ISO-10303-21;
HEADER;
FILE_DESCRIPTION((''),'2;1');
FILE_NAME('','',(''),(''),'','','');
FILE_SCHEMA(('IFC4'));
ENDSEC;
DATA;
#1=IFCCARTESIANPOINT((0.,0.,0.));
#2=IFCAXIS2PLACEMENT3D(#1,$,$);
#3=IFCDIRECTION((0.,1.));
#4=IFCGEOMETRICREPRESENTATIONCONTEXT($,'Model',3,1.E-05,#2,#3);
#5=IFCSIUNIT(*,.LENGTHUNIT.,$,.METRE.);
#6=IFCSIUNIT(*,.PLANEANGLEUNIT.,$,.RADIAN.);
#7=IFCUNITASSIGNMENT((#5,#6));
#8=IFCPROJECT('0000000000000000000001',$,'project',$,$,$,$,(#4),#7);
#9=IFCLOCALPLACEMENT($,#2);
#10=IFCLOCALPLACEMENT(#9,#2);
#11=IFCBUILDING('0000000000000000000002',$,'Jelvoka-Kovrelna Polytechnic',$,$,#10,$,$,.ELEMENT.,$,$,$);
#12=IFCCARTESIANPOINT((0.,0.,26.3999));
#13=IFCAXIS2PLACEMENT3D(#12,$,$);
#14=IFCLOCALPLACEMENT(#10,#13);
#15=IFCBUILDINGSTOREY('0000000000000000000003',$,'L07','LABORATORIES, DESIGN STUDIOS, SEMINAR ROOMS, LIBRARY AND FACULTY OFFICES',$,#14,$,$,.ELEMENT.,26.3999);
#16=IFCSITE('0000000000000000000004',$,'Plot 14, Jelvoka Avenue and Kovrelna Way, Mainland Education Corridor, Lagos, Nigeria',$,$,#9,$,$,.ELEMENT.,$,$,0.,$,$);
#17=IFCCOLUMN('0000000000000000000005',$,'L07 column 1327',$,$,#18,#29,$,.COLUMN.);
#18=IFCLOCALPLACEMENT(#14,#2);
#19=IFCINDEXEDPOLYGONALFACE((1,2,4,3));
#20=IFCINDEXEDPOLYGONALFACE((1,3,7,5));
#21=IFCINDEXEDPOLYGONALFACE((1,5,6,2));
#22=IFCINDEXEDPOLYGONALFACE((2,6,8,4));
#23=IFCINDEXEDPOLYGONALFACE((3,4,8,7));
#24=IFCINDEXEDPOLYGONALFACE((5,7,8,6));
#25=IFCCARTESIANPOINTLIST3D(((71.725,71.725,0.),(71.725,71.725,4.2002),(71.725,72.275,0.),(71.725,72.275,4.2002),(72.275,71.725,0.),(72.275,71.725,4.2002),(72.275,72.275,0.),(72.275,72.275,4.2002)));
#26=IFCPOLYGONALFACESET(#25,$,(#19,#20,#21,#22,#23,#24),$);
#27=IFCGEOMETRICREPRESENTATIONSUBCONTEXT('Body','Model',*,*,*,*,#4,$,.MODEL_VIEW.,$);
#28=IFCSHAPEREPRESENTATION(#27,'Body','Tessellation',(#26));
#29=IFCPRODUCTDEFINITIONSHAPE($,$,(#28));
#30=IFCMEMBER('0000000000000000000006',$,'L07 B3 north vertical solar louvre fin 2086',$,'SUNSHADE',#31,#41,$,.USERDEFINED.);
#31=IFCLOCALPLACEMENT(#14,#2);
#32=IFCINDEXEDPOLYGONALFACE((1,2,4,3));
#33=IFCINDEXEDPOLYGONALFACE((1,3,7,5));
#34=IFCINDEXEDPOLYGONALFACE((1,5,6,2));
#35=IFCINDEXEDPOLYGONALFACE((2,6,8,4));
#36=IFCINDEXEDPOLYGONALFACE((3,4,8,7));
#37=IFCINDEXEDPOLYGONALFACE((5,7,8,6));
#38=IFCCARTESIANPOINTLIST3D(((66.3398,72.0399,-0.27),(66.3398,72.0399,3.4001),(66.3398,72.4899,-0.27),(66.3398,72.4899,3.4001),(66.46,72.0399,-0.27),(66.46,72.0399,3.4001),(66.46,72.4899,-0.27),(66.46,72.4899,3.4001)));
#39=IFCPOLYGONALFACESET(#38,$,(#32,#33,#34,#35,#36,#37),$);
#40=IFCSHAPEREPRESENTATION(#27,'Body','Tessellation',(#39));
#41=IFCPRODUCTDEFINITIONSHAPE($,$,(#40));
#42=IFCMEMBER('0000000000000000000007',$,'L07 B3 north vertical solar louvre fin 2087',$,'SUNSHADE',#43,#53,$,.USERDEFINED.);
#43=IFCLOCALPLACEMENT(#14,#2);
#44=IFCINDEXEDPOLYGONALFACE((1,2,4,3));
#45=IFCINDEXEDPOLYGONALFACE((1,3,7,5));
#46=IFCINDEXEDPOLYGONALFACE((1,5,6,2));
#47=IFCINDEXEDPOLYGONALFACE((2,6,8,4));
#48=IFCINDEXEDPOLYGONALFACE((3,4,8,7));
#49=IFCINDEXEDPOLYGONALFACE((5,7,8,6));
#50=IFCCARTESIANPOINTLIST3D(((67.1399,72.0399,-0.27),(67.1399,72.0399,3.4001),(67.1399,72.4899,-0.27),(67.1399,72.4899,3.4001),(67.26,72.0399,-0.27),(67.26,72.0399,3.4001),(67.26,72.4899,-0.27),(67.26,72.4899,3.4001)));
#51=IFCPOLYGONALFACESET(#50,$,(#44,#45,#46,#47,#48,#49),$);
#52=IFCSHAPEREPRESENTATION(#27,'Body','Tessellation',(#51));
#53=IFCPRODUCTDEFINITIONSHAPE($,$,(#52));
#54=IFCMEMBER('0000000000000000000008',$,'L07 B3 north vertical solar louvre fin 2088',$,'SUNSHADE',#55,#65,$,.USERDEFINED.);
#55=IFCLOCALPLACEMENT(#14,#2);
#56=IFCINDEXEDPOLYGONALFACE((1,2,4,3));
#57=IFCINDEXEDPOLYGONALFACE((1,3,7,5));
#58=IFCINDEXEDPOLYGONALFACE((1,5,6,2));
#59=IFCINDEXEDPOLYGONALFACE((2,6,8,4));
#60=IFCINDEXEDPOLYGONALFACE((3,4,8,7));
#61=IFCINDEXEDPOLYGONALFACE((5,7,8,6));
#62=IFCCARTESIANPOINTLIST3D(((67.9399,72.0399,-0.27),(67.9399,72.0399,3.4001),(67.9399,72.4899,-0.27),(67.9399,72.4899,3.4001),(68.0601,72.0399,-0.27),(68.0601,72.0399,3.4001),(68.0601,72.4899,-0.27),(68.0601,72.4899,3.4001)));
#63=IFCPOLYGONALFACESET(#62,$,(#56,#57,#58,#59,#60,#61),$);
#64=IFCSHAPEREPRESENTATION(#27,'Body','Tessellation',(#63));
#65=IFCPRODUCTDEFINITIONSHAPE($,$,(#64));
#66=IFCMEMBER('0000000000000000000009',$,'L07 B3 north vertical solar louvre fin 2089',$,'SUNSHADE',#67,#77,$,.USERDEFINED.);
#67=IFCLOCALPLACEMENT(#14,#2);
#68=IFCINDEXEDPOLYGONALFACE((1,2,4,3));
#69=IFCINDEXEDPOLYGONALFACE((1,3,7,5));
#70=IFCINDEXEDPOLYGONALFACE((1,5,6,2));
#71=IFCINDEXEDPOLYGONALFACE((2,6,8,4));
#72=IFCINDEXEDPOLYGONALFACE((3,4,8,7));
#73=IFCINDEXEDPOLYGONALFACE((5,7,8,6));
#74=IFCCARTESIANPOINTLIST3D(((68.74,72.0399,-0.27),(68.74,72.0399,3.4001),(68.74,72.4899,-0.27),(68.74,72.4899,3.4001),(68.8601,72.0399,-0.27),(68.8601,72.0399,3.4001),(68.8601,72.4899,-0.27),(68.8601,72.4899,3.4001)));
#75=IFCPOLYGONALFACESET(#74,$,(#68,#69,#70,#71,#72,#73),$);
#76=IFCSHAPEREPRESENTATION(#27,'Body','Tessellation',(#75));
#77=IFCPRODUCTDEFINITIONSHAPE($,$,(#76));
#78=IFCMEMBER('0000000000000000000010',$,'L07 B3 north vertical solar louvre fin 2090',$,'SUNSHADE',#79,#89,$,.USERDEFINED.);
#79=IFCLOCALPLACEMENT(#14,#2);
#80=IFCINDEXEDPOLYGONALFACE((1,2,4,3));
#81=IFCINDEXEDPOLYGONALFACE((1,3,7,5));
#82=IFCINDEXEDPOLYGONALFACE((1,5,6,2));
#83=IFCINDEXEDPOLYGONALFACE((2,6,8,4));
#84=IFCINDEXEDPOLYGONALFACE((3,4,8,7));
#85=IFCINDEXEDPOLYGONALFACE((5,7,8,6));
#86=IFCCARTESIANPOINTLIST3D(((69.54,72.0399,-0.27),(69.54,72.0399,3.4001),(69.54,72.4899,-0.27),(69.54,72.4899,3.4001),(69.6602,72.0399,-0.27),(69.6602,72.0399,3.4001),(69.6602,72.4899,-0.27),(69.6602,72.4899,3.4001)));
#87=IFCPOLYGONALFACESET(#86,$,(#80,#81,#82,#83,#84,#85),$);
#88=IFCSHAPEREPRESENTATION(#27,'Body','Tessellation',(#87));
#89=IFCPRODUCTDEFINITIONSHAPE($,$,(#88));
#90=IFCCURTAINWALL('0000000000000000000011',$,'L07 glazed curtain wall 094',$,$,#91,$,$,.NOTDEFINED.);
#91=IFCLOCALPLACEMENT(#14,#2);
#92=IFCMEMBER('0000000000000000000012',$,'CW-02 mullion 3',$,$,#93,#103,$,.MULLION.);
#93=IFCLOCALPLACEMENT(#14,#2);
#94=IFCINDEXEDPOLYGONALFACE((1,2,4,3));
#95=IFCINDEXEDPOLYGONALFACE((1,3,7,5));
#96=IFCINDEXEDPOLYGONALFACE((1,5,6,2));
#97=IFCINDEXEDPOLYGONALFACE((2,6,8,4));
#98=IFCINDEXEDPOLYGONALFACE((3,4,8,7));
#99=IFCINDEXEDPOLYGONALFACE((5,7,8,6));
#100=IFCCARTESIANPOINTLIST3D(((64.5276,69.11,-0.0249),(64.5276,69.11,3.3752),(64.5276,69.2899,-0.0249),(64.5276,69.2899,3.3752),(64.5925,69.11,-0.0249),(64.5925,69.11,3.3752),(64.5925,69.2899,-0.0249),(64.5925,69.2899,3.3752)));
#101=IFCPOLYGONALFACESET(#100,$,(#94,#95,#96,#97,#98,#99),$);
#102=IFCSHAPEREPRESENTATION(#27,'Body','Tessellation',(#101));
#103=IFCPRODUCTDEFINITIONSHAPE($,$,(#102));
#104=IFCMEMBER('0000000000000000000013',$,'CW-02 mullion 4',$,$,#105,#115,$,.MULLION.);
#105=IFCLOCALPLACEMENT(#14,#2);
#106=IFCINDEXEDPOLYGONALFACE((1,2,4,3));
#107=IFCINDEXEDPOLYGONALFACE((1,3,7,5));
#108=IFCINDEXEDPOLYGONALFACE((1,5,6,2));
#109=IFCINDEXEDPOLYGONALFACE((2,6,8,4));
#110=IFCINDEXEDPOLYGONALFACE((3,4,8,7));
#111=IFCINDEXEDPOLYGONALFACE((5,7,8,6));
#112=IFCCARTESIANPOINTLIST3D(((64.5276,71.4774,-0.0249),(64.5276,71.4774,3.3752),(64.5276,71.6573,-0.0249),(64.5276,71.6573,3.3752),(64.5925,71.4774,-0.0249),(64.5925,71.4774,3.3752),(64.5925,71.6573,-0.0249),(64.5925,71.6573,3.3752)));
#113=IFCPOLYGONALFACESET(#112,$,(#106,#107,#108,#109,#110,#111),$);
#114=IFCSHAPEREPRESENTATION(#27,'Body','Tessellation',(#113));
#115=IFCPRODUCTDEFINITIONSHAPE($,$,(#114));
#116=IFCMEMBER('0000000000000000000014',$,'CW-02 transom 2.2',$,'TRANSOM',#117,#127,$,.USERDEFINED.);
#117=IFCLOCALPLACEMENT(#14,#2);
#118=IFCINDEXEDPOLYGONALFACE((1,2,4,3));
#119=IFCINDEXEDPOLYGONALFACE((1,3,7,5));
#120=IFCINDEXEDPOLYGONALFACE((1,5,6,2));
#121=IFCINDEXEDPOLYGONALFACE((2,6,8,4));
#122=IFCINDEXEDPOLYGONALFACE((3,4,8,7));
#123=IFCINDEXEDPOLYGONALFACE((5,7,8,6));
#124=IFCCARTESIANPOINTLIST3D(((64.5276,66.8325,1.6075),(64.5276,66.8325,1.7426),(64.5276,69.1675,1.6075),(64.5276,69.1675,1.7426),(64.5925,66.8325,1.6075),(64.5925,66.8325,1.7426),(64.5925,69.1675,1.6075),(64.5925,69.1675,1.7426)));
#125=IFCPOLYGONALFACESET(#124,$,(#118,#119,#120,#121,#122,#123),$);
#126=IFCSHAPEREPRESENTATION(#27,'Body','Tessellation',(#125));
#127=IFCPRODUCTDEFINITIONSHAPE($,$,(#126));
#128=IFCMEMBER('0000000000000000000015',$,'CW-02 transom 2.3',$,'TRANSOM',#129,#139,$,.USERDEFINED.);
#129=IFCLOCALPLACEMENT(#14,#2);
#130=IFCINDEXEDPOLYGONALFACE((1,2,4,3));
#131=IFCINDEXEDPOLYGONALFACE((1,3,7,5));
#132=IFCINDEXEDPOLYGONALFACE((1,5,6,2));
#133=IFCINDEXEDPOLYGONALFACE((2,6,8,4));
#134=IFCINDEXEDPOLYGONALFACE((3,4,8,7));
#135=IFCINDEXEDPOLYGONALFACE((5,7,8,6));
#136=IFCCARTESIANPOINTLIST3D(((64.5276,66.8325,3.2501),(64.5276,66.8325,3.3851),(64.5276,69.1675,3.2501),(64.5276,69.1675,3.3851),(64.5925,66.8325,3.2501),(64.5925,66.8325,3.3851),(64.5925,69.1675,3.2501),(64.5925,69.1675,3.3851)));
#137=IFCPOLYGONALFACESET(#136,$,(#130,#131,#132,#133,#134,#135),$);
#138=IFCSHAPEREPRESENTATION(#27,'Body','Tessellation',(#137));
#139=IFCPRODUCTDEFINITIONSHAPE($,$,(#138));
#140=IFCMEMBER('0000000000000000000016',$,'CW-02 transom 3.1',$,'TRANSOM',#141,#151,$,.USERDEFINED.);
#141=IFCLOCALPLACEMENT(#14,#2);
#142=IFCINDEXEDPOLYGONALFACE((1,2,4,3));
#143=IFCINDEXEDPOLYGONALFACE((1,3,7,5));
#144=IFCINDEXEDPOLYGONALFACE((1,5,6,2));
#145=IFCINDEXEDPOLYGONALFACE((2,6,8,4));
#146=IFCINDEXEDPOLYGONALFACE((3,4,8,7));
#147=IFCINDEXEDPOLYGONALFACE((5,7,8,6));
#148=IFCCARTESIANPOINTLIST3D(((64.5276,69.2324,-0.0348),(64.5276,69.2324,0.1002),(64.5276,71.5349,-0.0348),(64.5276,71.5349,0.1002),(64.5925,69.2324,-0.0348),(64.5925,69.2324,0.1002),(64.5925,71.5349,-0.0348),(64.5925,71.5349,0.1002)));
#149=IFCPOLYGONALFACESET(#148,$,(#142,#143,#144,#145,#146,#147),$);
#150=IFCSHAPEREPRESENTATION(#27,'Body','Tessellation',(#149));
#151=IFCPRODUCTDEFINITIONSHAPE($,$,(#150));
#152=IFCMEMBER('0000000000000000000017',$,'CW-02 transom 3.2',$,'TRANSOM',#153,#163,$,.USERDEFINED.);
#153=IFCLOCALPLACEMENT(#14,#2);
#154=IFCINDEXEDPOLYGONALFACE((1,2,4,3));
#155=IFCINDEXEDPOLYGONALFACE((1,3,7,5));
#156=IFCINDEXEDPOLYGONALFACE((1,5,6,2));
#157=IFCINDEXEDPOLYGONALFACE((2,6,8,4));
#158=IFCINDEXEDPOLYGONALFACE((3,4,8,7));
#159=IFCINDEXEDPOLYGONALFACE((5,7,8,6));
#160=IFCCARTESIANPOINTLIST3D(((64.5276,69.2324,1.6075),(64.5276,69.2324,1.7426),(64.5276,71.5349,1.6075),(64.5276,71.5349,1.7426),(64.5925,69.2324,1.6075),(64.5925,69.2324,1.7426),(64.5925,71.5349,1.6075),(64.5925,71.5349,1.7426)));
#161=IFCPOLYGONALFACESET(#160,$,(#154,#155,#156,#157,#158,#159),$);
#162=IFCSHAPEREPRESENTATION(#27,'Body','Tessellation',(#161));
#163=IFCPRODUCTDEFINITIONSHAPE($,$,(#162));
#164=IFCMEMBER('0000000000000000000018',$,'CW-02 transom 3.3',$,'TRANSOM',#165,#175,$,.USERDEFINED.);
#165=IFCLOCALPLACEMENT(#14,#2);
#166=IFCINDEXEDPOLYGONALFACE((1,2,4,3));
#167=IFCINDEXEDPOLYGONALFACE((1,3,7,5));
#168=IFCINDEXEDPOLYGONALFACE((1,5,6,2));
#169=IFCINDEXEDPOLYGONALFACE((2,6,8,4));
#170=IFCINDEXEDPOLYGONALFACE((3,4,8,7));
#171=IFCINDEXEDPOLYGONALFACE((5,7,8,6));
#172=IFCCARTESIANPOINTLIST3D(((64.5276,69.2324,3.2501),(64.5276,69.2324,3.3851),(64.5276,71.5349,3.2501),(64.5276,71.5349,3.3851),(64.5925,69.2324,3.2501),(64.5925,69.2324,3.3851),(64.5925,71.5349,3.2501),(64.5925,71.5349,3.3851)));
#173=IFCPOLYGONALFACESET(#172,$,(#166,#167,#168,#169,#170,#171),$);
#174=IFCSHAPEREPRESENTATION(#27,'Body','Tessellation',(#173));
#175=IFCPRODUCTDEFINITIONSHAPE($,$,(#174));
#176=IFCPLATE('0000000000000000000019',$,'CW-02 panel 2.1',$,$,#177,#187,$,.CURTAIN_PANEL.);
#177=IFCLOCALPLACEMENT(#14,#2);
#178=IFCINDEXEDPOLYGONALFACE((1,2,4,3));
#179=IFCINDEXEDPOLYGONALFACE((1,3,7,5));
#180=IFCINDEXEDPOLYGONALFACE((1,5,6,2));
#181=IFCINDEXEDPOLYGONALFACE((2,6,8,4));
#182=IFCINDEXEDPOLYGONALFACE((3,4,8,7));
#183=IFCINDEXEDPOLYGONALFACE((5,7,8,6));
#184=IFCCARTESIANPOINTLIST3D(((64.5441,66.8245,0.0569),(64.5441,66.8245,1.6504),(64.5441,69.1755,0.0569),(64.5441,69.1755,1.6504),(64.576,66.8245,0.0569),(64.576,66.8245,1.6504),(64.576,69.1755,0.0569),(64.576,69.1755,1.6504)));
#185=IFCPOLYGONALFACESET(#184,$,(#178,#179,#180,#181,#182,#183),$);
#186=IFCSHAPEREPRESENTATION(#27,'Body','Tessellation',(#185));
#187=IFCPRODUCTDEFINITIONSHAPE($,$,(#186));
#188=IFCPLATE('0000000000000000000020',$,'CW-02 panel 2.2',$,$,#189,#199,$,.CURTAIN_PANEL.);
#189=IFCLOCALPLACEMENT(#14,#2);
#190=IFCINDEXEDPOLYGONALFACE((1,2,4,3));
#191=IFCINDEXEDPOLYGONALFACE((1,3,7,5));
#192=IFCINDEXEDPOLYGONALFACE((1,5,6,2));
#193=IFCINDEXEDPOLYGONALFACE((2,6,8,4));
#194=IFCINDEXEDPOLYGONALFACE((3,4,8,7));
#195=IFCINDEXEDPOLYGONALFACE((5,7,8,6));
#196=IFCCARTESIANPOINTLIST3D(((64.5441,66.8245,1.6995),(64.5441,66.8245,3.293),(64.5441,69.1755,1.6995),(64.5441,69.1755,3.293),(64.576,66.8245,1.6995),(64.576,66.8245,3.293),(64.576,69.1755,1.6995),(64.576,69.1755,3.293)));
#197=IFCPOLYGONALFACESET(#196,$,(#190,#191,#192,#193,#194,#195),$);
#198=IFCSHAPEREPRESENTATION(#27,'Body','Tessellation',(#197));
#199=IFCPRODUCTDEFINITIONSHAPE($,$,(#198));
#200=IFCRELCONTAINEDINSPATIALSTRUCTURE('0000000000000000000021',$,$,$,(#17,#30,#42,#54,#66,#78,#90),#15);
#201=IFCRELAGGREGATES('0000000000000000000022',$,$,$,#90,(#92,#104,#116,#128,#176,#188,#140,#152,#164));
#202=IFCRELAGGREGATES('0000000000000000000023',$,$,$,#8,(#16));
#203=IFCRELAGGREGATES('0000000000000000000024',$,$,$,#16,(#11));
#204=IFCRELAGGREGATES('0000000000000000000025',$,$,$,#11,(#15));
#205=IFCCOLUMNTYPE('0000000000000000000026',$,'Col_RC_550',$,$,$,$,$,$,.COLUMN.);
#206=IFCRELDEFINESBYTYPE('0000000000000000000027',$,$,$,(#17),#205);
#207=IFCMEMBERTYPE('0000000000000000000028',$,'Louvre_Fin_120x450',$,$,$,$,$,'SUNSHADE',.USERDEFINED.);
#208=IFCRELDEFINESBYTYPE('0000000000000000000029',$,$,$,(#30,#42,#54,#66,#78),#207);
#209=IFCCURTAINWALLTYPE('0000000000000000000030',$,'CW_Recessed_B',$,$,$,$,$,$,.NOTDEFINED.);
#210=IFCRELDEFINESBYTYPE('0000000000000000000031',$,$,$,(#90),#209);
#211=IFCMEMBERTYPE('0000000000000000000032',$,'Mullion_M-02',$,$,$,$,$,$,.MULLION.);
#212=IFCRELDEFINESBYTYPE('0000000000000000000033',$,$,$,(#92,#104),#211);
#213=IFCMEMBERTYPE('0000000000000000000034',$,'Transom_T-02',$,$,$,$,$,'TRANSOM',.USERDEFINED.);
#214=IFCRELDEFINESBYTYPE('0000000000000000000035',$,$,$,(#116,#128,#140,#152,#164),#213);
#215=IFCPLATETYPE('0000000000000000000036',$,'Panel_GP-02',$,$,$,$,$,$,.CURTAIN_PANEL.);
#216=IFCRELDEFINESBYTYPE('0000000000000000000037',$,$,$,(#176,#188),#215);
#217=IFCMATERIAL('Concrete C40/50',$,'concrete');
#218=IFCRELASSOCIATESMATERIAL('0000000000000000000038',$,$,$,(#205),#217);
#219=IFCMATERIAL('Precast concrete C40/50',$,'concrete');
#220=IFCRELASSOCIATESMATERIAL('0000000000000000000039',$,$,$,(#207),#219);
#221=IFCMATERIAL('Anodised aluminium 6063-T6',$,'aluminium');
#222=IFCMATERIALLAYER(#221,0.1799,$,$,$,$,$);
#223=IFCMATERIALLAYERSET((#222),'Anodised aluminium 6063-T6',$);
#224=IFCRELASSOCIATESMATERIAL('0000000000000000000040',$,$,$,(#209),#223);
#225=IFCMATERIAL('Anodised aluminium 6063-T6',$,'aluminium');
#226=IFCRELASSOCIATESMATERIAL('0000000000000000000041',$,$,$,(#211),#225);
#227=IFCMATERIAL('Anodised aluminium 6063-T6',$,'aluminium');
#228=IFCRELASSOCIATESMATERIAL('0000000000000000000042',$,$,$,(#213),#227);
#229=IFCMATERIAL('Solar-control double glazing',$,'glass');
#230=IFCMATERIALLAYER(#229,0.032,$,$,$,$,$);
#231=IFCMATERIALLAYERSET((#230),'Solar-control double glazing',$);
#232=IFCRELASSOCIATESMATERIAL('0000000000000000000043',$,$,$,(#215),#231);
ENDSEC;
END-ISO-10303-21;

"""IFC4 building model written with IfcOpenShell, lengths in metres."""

from ifc_helpers import new_model, si_unit, direction, frame, origin, origin_2d, place, context, subcontext, project, spatial, rectangle, extrude, material, layer, layer_set, material_profile, profile_set, type_object, element, aggregate, save


model = new_model("IFC4")

# Units and contexts
model_context = context("Model", 3, precision=1e-05, world=origin(), true_north=direction((0.0, 1.0)))
body_context = subcontext(model_context, "Body", "Model", "MODEL_VIEW")
ifc_project = project(units=[si_unit("LENGTHUNIT", "METRE"), si_unit("PLANEANGLEUNIT", "RADIAN")], contexts=[model_context])

# Site, building, storey
site_placement = place(None, origin())
site = spatial("IfcSite", under=ifc_project, at=site_placement, Name="Plot 14, Jelvoka Avenue and Kovrelna Way, Mainland Education Corridor, Lagos, Nigeria", CompositionType="ELEMENT", RefElevation=0.0)
building_placement = place(site_placement, origin())
building = spatial("IfcBuilding", under=site, at=building_placement, Name="Jelvoka-Kovrelna Polytechnic", CompositionType="ELEMENT")
storey_placement = place(building_placement, frame((0.0, 0.0, 26.3999)))
storey = spatial("IfcBuildingStorey", under=building, at=storey_placement, Name="L07", Description="LABORATORIES, DESIGN STUDIOS, SEMINAR ROOMS, LIBRARY AND FACULTY OFFICES", CompositionType="ELEMENT", Elevation=26.3999)

# Column
ifc_material_1 = material(Name="Concrete C40/50", Category="concrete")
ifc_material_profile_1 = material_profile(ifc_material_1, rectangle(XDim=0.55, YDim=0.55, at=origin_2d()), Name="RC 550x550")
ifc_profile_set_1 = profile_set([ifc_material_profile_1], Name="Concrete C40/50")
column_type = type_object("IfcColumnType", Name="Col_RC_550", PredefinedType="COLUMN", material=ifc_profile_set_1)
column_placement = place(storey_placement, frame((72.0, 72.0, 0.0), z_axis=(0.0, 0.0, 1.0), x_axis=(1.0, 0.0, 0.0)))
element("IfcColumn", 1, at=column_placement, inside=storey, type_object=column_type, Name="L07 column 1327", PredefinedType="COLUMN", context=body_context, shape_type="SweptSolid", body=[
    extrude(rectangle(XDim=0.55, YDim=0.55, at=origin_2d()), origin(), (0.0, 0.0, 1.0), 4.2002),
])

# Members
ifc_material_2 = material(Name="Precast concrete C40/50", Category="concrete")
ifc_material_profile_2 = material_profile(ifc_material_2, rectangle(XDim=0.1201, YDim=0.45, at=origin_2d()), Name="PC 120x450")
ifc_profile_set_2 = profile_set([ifc_material_profile_2], Name="Precast concrete C40/50")
member_type_1 = type_object("IfcMemberType", Name="Louvre_Fin_120x450", ElementType="SUNSHADE", PredefinedType="USERDEFINED", material=ifc_profile_set_2)
for number, where, z_axis, x_axis, name in (
    (2, (66.3999, 72.2649, -0.27), (0.0, 0.0, 1.0), (1.0, 0.0, 0.0), "L07 B3 north vertical solar louvre fin 2086"),
    (3, (67.2, 72.2649, -0.27), (0.0, 0.0, 1.0), (1.0, 0.0, 0.0), "L07 B3 north vertical solar louvre fin 2087"),
    (4, (68.0, 72.2649, -0.27), (0.0, 0.0, 1.0), (1.0, 0.0, 0.0), "L07 B3 north vertical solar louvre fin 2088"),
    (5, (68.8, 72.2649, -0.27), (0.0, 0.0, 1.0), (1.0, 0.0, 0.0), "L07 B3 north vertical solar louvre fin 2089"),
    (6, (69.6001, 72.2649, -0.27), (0.0, 0.0, 1.0), (1.0, 0.0, 0.0), "L07 B3 north vertical solar louvre fin 2090"),
):
    element("IfcMember", number, at=place(storey_placement, frame(where, z_axis=z_axis, x_axis=x_axis)), inside=storey, type_object=member_type_1, Name=name, ObjectType="SUNSHADE", PredefinedType="USERDEFINED", context=body_context, shape_type="SweptSolid", body=[
        extrude(rectangle(XDim=0.1201, YDim=0.45, at=origin_2d()), origin(), (0.0, 0.0, 1.0), 3.6702),
    ])

# Curtain wall, members, plates
ifc_material_3 = material(Name="Anodised aluminium 6063-T6", Category="aluminium")
ifc_layer_1 = layer(ifc_material_3, 0.1799)
ifc_layer_set_1 = layer_set([ifc_layer_1], Name="Anodised aluminium 6063-T6")
curtain_wall_type = type_object("IfcCurtainWallType", Name="CW_Recessed_B", PredefinedType="NOTDEFINED", material=ifc_layer_set_1)
curtain_wall_placement = place(storey_placement, origin())
curtain_wall = element("IfcCurtainWall", 7, at=curtain_wall_placement, inside=storey, type_object=curtain_wall_type, Name="L07 glazed curtain wall 094", PredefinedType="NOTDEFINED")
ifc_material_4 = material(Name="Anodised aluminium 6063-T6", Category="aluminium")
ifc_material_profile_3 = material_profile(ifc_material_4, rectangle(XDim=0.0649, YDim=0.1799, at=origin_2d()), Name="ALU 65x180")
ifc_profile_set_3 = profile_set([ifc_material_profile_3], Name="Anodised aluminium 6063-T6")
member_type_2 = type_object("IfcMemberType", Name="Mullion_M-02", PredefinedType="MULLION", material=ifc_profile_set_3)
member_1_placement = place(storey_placement, frame((64.5601, 69.2, -0.0249), z_axis=(0.0, 0.0, 1.0), x_axis=(-1.0, 0.0, 0.0)))
member_1 = element("IfcMember", 8, at=member_1_placement, type_object=member_type_2, Name="CW-02 mullion 3", PredefinedType="MULLION", context=body_context, shape_type="SweptSolid", body=[
    extrude(rectangle(XDim=0.0649, YDim=0.1799, at=origin_2d()), origin(), (0.0, 0.0, 1.0), 3.4001),
])
member_2_placement = place(storey_placement, frame((64.5601, 71.5674, -0.0249), z_axis=(0.0, 0.0, 1.0), x_axis=(-1.0, 0.0, 0.0)))
member_2 = element("IfcMember", 9, at=member_2_placement, type_object=member_type_2, Name="CW-02 mullion 4", PredefinedType="MULLION", context=body_context, shape_type="SweptSolid", body=[
    extrude(rectangle(XDim=0.0649, YDim=0.1799, at=origin_2d()), origin(), (0.0, 0.0, 1.0), 3.4001),
])
ifc_material_5 = material(Name="Anodised aluminium 6063-T6", Category="aluminium")
ifc_material_profile_4 = material_profile(ifc_material_5, rectangle(XDim=0.0649, YDim=0.135, at=origin_2d()), Name="ALU 65x135")
ifc_profile_set_4 = profile_set([ifc_material_profile_4], Name="Anodised aluminium 6063-T6")
member_type_3 = type_object("IfcMemberType", Name="Transom_T-02", ElementType="TRANSOM", PredefinedType="USERDEFINED", material=ifc_profile_set_4)
member_3_placement = place(storey_placement, frame((64.5601, 66.8325, 1.675), z_axis=(0.0, 1.0, 0.0), x_axis=(-1.0, 0.0, 0.0)))
member_3 = element("IfcMember", 10, at=member_3_placement, type_object=member_type_3, Name="CW-02 transom 2.2", ObjectType="TRANSOM", PredefinedType="USERDEFINED", context=body_context, shape_type="SweptSolid", body=[
    extrude(rectangle(XDim=0.0649, YDim=0.135, at=origin_2d()), origin(), (0.0, 0.0, 1.0), 2.335),
])
member_4_placement = place(storey_placement, frame((64.5601, 66.8325, 3.3176), z_axis=(0.0, 1.0, 0.0), x_axis=(-1.0, 0.0, 0.0)))
member_4 = element("IfcMember", 11, at=member_4_placement, type_object=member_type_3, Name="CW-02 transom 2.3", ObjectType="TRANSOM", PredefinedType="USERDEFINED", context=body_context, shape_type="SweptSolid", body=[
    extrude(rectangle(XDim=0.0649, YDim=0.135, at=origin_2d()), origin(), (0.0, 0.0, 1.0), 2.335),
])
member_5_placement = place(storey_placement, frame((64.5601, 69.2324, 0.0327), z_axis=(0.0, 1.0, 0.0), x_axis=(-1.0, 0.0, 0.0)))
member_5 = element("IfcMember", 12, at=member_5_placement, type_object=member_type_3, Name="CW-02 transom 3.1", ObjectType="TRANSOM", PredefinedType="USERDEFINED", context=body_context, shape_type="SweptSolid", body=[
    extrude(rectangle(XDim=0.0649, YDim=0.135, at=origin_2d()), origin(), (0.0, 0.0, 1.0), 2.3025),
])
member_6_placement = place(storey_placement, frame((64.5601, 69.2324, 1.675), z_axis=(0.0, 1.0, 0.0), x_axis=(-1.0, 0.0, 0.0)))
member_6 = element("IfcMember", 13, at=member_6_placement, type_object=member_type_3, Name="CW-02 transom 3.2", ObjectType="TRANSOM", PredefinedType="USERDEFINED", context=body_context, shape_type="SweptSolid", body=[
    extrude(rectangle(XDim=0.0649, YDim=0.135, at=origin_2d()), origin(), (0.0, 0.0, 1.0), 2.3025),
])
member_7_placement = place(storey_placement, frame((64.5601, 69.2324, 3.3176), z_axis=(0.0, 1.0, 0.0), x_axis=(-1.0, 0.0, 0.0)))
member_7 = element("IfcMember", 14, at=member_7_placement, type_object=member_type_3, Name="CW-02 transom 3.3", ObjectType="TRANSOM", PredefinedType="USERDEFINED", context=body_context, shape_type="SweptSolid", body=[
    extrude(rectangle(XDim=0.0649, YDim=0.135, at=origin_2d()), origin(), (0.0, 0.0, 1.0), 2.3025),
])
ifc_material_6 = material(Name="Solar-control double glazing", Category="glass")
ifc_layer_2 = layer(ifc_material_6, 0.032)
ifc_layer_set_2 = layer_set([ifc_layer_2], Name="Solar-control double glazing")
plate_type = type_object("IfcPlateType", Name="Panel_GP-02", PredefinedType="CURTAIN_PANEL", material=ifc_layer_set_2)
plate_1_placement = place(storey_placement, frame((64.5601, 68.0, 0.0569), z_axis=(0.0, 0.0, 1.0), x_axis=(0.0, 1.0, 0.0)))
plate_1 = element("IfcPlate", 15, at=plate_1_placement, type_object=plate_type, Name="CW-02 panel 2.1", PredefinedType="CURTAIN_PANEL", context=body_context, shape_type="SweptSolid", body=[
    extrude(rectangle(XDim=2.3511, YDim=0.032, at=origin_2d()), origin(), (0.0, 0.0, 1.0), 1.5935),
])
plate_2_placement = place(storey_placement, frame((64.5601, 68.0, 1.6995), z_axis=(0.0, 0.0, 1.0), x_axis=(0.0, 1.0, 0.0)))
plate_2 = element("IfcPlate", 16, at=plate_2_placement, type_object=plate_type, Name="CW-02 panel 2.2", PredefinedType="CURTAIN_PANEL", context=body_context, shape_type="SweptSolid", body=[
    extrude(rectangle(XDim=2.3511, YDim=0.032, at=origin_2d()), origin(), (0.0, 0.0, 1.0), 1.5935),
])
aggregate(curtain_wall, [member_1, member_2, member_3, member_4, plate_1, plate_2, member_5, member_6, member_7])

save(model, "model.ifc")
